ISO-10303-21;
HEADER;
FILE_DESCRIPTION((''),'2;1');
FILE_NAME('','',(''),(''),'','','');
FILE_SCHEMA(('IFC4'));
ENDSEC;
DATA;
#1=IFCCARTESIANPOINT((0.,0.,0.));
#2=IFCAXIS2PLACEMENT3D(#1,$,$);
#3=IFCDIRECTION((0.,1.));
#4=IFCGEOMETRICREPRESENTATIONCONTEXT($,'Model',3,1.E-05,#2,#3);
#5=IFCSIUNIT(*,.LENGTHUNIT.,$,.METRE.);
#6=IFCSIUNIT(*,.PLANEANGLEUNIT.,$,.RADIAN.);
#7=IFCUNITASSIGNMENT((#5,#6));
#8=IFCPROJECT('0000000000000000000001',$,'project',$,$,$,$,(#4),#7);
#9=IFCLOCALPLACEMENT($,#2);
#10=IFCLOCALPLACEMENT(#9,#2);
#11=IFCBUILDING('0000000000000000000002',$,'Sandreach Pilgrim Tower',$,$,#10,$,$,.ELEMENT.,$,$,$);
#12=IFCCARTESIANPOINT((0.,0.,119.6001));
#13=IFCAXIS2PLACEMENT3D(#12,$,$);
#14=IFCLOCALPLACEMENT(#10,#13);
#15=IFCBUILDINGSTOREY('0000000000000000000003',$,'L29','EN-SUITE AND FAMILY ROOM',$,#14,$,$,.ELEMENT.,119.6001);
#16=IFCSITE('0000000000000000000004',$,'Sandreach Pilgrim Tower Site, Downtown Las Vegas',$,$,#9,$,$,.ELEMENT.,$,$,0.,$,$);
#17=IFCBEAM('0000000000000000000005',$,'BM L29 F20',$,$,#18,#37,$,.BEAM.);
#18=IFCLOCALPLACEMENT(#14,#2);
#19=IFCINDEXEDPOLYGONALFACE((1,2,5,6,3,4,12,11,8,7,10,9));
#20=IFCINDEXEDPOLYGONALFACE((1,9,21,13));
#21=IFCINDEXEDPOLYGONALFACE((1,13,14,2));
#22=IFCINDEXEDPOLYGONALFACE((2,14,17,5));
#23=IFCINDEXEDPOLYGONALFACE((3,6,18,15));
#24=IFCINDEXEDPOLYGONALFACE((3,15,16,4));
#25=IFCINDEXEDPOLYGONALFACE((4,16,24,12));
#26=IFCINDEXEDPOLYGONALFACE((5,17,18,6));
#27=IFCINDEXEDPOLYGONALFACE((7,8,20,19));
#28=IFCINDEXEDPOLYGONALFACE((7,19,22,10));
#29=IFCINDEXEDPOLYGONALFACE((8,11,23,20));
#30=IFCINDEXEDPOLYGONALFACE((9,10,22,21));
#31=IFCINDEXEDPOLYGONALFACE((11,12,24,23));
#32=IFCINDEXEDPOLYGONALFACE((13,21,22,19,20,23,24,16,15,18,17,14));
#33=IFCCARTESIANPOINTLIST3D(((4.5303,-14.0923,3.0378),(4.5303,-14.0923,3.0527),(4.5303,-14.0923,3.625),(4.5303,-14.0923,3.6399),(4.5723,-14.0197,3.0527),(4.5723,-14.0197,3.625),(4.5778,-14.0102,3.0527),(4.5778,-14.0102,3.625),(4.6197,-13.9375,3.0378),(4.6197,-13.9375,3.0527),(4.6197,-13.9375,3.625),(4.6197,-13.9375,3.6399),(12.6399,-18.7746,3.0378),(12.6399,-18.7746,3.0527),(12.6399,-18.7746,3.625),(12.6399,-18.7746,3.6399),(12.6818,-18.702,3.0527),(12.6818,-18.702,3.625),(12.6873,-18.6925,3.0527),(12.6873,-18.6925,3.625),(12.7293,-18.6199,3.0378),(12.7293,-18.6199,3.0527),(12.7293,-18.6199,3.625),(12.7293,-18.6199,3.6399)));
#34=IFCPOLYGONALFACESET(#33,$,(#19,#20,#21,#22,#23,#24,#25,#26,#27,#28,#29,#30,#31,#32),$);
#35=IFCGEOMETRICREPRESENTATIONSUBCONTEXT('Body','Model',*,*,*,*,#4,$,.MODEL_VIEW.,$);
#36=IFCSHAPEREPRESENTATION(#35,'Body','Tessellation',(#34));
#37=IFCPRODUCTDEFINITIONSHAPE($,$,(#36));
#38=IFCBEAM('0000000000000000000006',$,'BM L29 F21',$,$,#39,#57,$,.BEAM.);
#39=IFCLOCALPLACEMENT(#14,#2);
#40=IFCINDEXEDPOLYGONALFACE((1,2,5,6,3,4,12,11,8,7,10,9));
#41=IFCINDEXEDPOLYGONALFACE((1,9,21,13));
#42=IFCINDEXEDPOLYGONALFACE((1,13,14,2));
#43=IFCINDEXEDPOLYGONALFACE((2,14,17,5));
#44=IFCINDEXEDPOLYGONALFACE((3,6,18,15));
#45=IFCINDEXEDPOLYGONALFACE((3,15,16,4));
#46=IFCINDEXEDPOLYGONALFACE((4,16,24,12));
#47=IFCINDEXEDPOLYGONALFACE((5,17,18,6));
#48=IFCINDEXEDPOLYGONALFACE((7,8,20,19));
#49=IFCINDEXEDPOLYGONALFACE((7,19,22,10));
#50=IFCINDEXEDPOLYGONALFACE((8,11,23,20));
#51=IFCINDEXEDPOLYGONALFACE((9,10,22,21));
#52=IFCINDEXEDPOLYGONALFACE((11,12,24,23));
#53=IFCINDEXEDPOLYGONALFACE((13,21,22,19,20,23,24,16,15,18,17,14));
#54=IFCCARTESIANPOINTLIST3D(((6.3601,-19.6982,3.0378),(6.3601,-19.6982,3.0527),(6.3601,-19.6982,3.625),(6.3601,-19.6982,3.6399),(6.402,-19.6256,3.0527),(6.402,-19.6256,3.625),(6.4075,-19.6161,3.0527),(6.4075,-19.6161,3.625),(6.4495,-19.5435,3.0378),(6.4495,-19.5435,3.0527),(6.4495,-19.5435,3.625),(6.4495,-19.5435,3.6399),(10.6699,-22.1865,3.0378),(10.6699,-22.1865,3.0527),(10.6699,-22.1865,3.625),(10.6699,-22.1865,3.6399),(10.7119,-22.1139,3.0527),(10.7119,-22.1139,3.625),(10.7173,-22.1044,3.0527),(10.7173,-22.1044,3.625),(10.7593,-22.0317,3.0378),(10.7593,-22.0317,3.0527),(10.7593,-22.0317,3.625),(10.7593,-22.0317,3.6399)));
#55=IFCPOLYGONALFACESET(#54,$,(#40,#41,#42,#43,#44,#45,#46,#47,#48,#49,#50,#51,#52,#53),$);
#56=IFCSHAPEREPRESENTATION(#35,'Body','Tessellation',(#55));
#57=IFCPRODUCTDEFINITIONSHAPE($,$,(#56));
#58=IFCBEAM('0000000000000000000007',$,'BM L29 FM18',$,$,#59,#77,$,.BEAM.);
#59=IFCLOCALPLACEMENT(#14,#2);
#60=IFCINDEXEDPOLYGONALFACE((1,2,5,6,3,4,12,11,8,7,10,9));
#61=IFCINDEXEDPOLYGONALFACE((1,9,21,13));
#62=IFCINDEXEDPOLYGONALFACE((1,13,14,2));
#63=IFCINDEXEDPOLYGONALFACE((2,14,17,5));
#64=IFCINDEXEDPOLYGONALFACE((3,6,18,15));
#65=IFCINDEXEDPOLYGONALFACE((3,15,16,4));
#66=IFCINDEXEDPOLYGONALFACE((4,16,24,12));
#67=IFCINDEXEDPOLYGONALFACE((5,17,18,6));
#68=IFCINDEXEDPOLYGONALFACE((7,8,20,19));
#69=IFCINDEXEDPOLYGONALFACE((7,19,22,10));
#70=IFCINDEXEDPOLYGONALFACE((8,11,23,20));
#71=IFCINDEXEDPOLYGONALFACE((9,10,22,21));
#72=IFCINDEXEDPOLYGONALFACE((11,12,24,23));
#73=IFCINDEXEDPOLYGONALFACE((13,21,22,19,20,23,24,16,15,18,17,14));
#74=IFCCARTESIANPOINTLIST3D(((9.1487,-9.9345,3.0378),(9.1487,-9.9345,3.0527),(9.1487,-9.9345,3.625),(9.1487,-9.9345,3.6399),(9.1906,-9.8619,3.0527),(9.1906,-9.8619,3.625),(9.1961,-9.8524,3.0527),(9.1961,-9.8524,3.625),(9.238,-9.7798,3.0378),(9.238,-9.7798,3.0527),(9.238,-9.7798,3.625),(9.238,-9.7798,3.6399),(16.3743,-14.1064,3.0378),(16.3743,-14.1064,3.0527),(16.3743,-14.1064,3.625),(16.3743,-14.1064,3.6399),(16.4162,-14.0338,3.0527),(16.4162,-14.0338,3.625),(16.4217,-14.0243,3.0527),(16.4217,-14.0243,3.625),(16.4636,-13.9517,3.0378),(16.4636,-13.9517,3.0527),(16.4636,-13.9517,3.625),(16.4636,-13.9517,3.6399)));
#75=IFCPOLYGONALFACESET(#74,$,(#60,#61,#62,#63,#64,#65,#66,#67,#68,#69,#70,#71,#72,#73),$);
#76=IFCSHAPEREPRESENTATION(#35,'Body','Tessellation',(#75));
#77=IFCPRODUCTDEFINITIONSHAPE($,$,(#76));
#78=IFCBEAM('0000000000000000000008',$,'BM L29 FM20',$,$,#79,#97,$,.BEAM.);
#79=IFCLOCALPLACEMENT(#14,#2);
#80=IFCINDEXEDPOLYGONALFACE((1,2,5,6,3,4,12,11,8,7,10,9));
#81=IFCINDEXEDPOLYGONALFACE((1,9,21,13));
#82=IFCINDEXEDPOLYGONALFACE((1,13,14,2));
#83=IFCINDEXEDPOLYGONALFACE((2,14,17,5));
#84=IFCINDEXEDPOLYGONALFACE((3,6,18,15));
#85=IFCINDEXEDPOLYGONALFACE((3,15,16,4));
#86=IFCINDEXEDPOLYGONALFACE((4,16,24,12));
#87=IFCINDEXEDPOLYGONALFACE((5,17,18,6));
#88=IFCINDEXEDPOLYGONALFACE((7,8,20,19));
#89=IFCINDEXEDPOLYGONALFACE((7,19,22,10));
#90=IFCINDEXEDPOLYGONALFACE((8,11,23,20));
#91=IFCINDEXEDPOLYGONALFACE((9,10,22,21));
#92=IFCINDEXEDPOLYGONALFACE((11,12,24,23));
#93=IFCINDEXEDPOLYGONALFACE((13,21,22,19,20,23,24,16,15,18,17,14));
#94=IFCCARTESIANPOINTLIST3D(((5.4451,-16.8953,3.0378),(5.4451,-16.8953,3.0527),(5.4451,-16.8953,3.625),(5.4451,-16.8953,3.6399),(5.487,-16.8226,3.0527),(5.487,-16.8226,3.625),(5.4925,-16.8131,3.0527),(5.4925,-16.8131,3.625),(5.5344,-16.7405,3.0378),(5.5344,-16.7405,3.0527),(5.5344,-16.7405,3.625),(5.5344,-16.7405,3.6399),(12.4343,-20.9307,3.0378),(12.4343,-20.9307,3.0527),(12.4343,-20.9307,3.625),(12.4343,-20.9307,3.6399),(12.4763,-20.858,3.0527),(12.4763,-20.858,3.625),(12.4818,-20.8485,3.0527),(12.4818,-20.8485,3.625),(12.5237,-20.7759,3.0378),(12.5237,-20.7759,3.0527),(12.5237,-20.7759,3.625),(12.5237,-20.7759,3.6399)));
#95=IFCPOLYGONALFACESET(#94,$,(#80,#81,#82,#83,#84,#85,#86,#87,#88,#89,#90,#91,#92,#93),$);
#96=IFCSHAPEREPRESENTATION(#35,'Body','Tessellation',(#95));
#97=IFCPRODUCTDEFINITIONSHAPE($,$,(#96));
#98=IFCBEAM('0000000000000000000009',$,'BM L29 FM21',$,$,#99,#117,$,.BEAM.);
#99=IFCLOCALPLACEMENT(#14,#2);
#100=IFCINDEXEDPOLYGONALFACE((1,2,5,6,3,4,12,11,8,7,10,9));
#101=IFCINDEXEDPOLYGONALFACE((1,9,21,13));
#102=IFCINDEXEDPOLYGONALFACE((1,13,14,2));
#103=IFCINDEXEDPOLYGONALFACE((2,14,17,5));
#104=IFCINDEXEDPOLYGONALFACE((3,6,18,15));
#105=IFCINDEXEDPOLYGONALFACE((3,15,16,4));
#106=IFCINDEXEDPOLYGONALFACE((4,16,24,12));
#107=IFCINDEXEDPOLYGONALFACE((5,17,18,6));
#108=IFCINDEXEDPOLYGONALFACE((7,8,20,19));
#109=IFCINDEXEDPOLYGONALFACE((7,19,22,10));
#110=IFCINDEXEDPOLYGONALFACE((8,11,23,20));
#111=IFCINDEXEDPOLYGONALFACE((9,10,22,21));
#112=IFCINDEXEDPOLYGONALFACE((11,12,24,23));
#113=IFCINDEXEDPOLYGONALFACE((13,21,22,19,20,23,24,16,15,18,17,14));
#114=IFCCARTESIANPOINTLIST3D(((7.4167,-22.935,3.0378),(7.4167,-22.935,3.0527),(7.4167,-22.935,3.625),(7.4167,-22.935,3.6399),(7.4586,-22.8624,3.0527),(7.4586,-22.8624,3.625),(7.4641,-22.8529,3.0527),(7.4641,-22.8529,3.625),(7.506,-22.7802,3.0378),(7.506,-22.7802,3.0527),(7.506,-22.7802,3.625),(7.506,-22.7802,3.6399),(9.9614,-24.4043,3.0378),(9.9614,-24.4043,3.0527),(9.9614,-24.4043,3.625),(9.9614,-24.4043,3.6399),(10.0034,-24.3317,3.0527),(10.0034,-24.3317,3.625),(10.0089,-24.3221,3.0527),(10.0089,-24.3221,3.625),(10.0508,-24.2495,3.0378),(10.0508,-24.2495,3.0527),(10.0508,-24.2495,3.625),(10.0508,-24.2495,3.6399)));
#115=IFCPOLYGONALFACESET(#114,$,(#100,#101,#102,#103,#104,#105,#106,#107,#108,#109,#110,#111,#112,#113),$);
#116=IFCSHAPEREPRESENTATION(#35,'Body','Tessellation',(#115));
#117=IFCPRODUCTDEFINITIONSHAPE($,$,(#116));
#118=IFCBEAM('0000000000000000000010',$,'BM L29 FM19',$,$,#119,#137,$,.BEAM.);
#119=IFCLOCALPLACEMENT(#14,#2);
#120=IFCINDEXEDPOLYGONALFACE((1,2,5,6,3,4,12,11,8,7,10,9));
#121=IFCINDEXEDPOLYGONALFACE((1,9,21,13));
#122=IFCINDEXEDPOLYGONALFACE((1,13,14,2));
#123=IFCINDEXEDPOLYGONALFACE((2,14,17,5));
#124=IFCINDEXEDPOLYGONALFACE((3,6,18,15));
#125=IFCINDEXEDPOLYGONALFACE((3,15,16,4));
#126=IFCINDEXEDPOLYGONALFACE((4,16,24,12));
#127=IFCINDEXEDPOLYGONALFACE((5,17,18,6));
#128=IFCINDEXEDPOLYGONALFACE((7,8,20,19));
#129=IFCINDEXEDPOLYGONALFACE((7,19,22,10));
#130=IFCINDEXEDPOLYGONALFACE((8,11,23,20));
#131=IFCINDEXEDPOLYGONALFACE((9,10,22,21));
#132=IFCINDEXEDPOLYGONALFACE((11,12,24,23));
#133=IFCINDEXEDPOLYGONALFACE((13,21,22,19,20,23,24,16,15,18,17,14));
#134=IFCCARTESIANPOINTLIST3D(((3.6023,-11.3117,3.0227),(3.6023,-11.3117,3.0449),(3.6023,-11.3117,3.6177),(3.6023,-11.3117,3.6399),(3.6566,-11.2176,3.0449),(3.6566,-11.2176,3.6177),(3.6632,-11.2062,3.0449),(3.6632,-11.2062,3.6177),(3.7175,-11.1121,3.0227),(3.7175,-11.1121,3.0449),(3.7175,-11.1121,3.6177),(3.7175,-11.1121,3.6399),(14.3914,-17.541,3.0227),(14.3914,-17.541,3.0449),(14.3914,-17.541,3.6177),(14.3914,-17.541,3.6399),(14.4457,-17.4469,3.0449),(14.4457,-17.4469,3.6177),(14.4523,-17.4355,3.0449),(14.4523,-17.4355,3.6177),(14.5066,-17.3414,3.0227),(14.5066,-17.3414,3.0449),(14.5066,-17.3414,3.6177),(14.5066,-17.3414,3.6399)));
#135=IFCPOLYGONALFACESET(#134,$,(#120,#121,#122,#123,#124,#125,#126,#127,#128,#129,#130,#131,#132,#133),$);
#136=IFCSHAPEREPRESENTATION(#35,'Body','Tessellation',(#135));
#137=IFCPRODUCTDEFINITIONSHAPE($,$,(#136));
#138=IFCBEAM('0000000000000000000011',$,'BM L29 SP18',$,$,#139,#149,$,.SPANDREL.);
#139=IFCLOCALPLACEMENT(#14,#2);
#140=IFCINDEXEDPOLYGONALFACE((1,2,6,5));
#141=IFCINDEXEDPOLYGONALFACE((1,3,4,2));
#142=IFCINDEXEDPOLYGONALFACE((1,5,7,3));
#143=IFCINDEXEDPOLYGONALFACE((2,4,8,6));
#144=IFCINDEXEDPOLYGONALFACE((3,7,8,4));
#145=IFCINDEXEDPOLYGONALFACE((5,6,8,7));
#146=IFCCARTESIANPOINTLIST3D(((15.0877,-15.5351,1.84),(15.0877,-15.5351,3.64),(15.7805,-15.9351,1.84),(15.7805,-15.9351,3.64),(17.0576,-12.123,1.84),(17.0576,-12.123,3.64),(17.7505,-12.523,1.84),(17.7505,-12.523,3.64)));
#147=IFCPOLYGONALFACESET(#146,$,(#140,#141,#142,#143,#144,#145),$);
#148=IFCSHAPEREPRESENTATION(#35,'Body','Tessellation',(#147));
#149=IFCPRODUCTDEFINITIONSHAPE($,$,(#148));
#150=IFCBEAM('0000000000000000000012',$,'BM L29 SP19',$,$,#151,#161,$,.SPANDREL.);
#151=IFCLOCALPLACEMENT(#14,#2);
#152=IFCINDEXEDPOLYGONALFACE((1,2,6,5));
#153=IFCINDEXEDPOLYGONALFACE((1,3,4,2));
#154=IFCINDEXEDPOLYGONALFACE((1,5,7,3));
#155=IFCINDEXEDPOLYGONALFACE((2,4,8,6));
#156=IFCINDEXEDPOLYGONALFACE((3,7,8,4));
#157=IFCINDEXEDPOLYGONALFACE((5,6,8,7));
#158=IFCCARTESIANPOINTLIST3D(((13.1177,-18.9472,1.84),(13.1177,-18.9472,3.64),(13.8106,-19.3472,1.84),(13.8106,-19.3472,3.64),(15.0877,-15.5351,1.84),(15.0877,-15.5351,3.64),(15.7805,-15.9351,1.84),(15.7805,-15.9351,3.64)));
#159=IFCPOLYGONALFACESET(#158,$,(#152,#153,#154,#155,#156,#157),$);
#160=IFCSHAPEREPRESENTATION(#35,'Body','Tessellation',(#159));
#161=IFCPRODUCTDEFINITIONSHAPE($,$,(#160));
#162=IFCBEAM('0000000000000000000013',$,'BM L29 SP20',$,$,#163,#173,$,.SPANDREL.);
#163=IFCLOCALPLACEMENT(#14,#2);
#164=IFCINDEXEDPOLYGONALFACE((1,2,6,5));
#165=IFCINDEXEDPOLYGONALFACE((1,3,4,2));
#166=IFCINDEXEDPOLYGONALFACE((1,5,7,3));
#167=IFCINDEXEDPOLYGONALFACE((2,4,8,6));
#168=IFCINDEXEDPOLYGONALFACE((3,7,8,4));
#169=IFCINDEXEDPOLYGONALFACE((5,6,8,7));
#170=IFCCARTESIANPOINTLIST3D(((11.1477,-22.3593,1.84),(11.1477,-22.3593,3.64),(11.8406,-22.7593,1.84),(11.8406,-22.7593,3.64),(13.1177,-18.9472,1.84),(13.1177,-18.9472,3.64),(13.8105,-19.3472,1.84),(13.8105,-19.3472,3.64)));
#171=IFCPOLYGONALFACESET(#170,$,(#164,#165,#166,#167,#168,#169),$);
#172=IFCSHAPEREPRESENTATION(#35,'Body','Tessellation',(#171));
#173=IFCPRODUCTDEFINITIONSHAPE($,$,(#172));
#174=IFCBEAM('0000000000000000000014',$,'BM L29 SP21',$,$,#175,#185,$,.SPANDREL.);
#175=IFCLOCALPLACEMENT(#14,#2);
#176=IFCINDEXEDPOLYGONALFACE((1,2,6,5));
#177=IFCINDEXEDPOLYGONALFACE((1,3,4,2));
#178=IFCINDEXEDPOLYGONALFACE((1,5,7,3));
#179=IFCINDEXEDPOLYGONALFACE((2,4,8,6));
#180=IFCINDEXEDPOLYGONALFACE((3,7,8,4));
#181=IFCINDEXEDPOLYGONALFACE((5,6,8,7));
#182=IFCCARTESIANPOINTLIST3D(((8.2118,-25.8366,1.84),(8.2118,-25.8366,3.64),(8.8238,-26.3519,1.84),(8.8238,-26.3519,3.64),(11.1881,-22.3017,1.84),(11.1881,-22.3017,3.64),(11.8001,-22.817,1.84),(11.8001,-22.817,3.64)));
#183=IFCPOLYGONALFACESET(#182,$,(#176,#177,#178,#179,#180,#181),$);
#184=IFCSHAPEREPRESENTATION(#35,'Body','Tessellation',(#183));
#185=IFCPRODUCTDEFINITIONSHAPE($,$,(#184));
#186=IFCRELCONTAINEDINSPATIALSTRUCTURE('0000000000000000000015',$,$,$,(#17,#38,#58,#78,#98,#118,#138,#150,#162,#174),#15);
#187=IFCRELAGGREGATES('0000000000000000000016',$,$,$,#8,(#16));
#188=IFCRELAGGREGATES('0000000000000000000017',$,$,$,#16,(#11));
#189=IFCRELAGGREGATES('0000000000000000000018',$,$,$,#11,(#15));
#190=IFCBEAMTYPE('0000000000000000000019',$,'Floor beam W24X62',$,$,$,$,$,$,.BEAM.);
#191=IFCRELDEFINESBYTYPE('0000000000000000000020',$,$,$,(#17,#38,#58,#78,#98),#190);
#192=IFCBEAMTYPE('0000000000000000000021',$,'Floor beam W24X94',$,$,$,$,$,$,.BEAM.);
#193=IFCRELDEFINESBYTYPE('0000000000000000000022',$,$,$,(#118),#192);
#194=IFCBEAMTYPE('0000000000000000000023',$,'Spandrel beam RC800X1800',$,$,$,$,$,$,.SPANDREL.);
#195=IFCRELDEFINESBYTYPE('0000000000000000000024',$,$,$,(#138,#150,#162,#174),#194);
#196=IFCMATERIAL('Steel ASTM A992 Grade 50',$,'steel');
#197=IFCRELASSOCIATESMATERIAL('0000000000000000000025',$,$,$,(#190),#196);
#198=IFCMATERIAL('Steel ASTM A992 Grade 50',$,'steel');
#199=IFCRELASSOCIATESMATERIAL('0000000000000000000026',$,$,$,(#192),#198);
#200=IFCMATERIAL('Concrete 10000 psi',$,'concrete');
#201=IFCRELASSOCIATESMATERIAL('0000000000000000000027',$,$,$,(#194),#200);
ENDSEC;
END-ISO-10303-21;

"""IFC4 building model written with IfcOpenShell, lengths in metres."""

from ifc_helpers import new_model, si_unit, direction, frame, origin, origin_2d, place, context, subcontext, project, spatial, rectangle, i_section, extrude, material, material_profile, profile_set, type_object, element, save


model = new_model("IFC4")

# Units and contexts
model_context = context("Model", 3, precision=1e-05, world=origin(), true_north=direction((0.0, 1.0)))
body_context = subcontext(model_context, "Body", "Model", "MODEL_VIEW")
ifc_project = project(units=[si_unit("LENGTHUNIT", "METRE"), si_unit("PLANEANGLEUNIT", "RADIAN")], contexts=[model_context])

# Site, building, storey
site_placement = place(None, origin())
site = spatial("IfcSite", under=ifc_project, at=site_placement, Name="Sandreach Pilgrim Tower Site, Downtown Las Vegas", CompositionType="ELEMENT", RefElevation=0.0)
building_placement = place(site_placement, origin())
building = spatial("IfcBuilding", under=site, at=building_placement, Name="Sandreach Pilgrim Tower", CompositionType="ELEMENT")
storey_placement = place(building_placement, frame((0.0, 0.0, 119.6001)))
storey = spatial("IfcBuildingStorey", under=building, at=storey_placement, Name="L29", Description="EN-SUITE AND FAMILY ROOM", CompositionType="ELEMENT", Elevation=119.6001)

# Beams
ifc_material_1 = material(Name="Steel ASTM A992 Grade 50", Category="steel")
ifc_material_profile_1 = material_profile(ifc_material_1, i_section(OverallWidth=0.1787, OverallDepth=0.6021, WebThickness=0.011, FlangeThickness=0.0149, at=origin_2d()), Name="W24X62")
ifc_profile_set_1 = profile_set([ifc_material_profile_1], Name="Steel ASTM A992 Grade 50")
beam_type_1 = type_object("IfcBeamType", Name="Floor beam W24X62", PredefinedType="BEAM", material=ifc_profile_set_1)
beam_1_placement = place(storey_placement, frame((12.6846, -18.6973, 3.3389), z_axis=(-0.866012, 0.500023, 0.0), x_axis=(-0.500023, -0.866012, 0.0)))
element("IfcBeam", 1, at=beam_1_placement, inside=storey, type_object=beam_type_1, Name="BM L29 F20", PredefinedType="BEAM", context=body_context, shape_type="SweptSolid", body=[
    extrude(i_section(OverallWidth=0.1787, OverallDepth=0.6021, WebThickness=0.011, FlangeThickness=0.0149, at=origin_2d()), origin(), (0.0, 0.0, 1.0), 9.3643),
])
beam_2_placement = place(storey_placement, frame((10.7146, -22.1091, 3.3389), z_axis=(-0.866025, 0.500001, 0.0), x_axis=(-0.500001, -0.866025, 0.0)))
element("IfcBeam", 2, at=beam_2_placement, inside=storey, type_object=beam_type_1, Name="BM L29 F21", PredefinedType="BEAM", context=body_context, shape_type="SweptSolid", body=[
    extrude(i_section(OverallWidth=0.1787, OverallDepth=0.6021, WebThickness=0.011, FlangeThickness=0.0149, at=origin_2d()), origin(), (0.0, 0.0, 1.0), 4.9766),
])
beam_3_placement = place(storey_placement, frame((16.4189, -14.0291, 3.3389), z_axis=(-0.866016, 0.500016, 0.0), x_axis=(-0.500016, -0.866016, 0.0)))
element("IfcBeam", 3, at=beam_3_placement, inside=storey, type_object=beam_type_1, Name="BM L29 FM18", PredefinedType="BEAM", context=body_context, shape_type="SweptSolid", body=[
    extrude(i_section(OverallWidth=0.1787, OverallDepth=0.6021, WebThickness=0.011, FlangeThickness=0.0149, at=origin_2d()), origin(), (0.0, 0.0, 1.0), 8.3435),
])
beam_4_placement = place(storey_placement, frame((12.479, -20.8533, 3.3389), z_axis=(-0.866017, 0.500014, 0.0), x_axis=(-0.500014, -0.866017, 0.0)))
element("IfcBeam", 4, at=beam_4_placement, inside=storey, type_object=beam_type_1, Name="BM L29 FM20", PredefinedType="BEAM", context=body_context, shape_type="SweptSolid", body=[
    extrude(i_section(OverallWidth=0.1787, OverallDepth=0.6021, WebThickness=0.011, FlangeThickness=0.0149, at=origin_2d()), origin(), (0.0, 0.0, 1.0), 8.0706),
])
beam_5_placement = place(storey_placement, frame((10.0061, -24.3269, 3.3389), z_axis=(-0.866015, 0.500017, 0.0), x_axis=(-0.500017, -0.866015, 0.0)))
element("IfcBeam", 5, at=beam_5_placement, inside=storey, type_object=beam_type_1, Name="BM L29 FM21", PredefinedType="BEAM", context=body_context, shape_type="SweptSolid", body=[
    extrude(i_section(OverallWidth=0.1787, OverallDepth=0.6021, WebThickness=0.011, FlangeThickness=0.0149, at=origin_2d()), origin(), (0.0, 0.0, 1.0), 2.9385),
])
ifc_material_2 = material(Name="Steel ASTM A992 Grade 50", Category="steel")
ifc_material_profile_2 = material_profile(ifc_material_2, i_section(OverallWidth=0.2305, OverallDepth=0.6172, WebThickness=0.0132, FlangeThickness=0.0222, at=origin_2d()), Name="W24X94")
ifc_profile_set_2 = profile_set([ifc_material_profile_2], Name="Steel ASTM A992 Grade 50")
beam_type_2 = type_object("IfcBeamType", Name="Floor beam W24X94", PredefinedType="BEAM", material=ifc_profile_set_2)
beam_6_placement = place(storey_placement, frame((14.449, -17.4412, 3.3313), z_axis=(-0.866019, 0.500011, 0.0), x_axis=(-0.500011, -0.866019, 0.0)))
element("IfcBeam", 6, at=beam_6_placement, inside=storey, type_object=beam_type_2, Name="BM L29 FM19", PredefinedType="BEAM", context=body_context, shape_type="SweptSolid", body=[
    extrude(i_section(OverallWidth=0.2305, OverallDepth=0.6172, WebThickness=0.0132, FlangeThickness=0.0222, at=origin_2d()), origin(), (0.0, 0.0, 1.0), 12.4583),
])
ifc_material_3 = material(Name="Concrete 10000 psi", Category="concrete")
ifc_material_profile_3 = material_profile(ifc_material_3, rectangle(XDim=0.8, YDim=1.8, at=origin_2d()), Name="RC800X1800")
ifc_profile_set_3 = profile_set([ifc_material_profile_3], Name="Concrete 10000 psi")
beam_type_3 = type_object("IfcBeamType", Name="Spandrel beam RC800X1800", PredefinedType="SPANDREL", material=ifc_profile_set_3)
for number, where, z_axis, x_axis, name in (
    (7, (17.4041, -12.323, 2.74), (-0.499998, -0.866027, 0.0), (0.866027, -0.499998, 0.0), "BM L29 SP18"),
    (8, (15.4341, -15.7351, 2.74), (-0.499998, -0.866027, 0.0), (0.866027, -0.499998, 0.0), "BM L29 SP19"),
    (9, (13.4641, -19.1472, 2.74), (-0.499998, -0.866027, 0.0), (0.866027, -0.499998, 0.0), "BM L29 SP20"),
):
    element("IfcBeam", number, at=place(storey_placement, frame(where, z_axis=z_axis, x_axis=x_axis)), inside=storey, type_object=beam_type_3, Name=name, PredefinedType="SPANDREL", context=body_context, shape_type="SweptSolid", body=[
        extrude(rectangle(XDim=0.8, YDim=1.8, at=origin_2d()), origin(), (0.0, 0.0, 1.0), 3.9399),
    ])
beam_7_placement = place(storey_placement, frame((11.4941, -22.5593, 2.74), z_axis=(-0.644079, -0.764959, 0.0), x_axis=(0.764959, -0.644079, 0.0)))
element("IfcBeam", 10, at=beam_7_placement, inside=storey, type_object=beam_type_3, Name="BM L29 SP21", PredefinedType="SPANDREL", context=body_context, shape_type="SweptSolid", body=[
    extrude(rectangle(XDim=0.8, YDim=1.8, at=origin_2d()), origin(), (0.0, 0.0, 1.0), 4.6211),
])

save(model, "model.ifc")
